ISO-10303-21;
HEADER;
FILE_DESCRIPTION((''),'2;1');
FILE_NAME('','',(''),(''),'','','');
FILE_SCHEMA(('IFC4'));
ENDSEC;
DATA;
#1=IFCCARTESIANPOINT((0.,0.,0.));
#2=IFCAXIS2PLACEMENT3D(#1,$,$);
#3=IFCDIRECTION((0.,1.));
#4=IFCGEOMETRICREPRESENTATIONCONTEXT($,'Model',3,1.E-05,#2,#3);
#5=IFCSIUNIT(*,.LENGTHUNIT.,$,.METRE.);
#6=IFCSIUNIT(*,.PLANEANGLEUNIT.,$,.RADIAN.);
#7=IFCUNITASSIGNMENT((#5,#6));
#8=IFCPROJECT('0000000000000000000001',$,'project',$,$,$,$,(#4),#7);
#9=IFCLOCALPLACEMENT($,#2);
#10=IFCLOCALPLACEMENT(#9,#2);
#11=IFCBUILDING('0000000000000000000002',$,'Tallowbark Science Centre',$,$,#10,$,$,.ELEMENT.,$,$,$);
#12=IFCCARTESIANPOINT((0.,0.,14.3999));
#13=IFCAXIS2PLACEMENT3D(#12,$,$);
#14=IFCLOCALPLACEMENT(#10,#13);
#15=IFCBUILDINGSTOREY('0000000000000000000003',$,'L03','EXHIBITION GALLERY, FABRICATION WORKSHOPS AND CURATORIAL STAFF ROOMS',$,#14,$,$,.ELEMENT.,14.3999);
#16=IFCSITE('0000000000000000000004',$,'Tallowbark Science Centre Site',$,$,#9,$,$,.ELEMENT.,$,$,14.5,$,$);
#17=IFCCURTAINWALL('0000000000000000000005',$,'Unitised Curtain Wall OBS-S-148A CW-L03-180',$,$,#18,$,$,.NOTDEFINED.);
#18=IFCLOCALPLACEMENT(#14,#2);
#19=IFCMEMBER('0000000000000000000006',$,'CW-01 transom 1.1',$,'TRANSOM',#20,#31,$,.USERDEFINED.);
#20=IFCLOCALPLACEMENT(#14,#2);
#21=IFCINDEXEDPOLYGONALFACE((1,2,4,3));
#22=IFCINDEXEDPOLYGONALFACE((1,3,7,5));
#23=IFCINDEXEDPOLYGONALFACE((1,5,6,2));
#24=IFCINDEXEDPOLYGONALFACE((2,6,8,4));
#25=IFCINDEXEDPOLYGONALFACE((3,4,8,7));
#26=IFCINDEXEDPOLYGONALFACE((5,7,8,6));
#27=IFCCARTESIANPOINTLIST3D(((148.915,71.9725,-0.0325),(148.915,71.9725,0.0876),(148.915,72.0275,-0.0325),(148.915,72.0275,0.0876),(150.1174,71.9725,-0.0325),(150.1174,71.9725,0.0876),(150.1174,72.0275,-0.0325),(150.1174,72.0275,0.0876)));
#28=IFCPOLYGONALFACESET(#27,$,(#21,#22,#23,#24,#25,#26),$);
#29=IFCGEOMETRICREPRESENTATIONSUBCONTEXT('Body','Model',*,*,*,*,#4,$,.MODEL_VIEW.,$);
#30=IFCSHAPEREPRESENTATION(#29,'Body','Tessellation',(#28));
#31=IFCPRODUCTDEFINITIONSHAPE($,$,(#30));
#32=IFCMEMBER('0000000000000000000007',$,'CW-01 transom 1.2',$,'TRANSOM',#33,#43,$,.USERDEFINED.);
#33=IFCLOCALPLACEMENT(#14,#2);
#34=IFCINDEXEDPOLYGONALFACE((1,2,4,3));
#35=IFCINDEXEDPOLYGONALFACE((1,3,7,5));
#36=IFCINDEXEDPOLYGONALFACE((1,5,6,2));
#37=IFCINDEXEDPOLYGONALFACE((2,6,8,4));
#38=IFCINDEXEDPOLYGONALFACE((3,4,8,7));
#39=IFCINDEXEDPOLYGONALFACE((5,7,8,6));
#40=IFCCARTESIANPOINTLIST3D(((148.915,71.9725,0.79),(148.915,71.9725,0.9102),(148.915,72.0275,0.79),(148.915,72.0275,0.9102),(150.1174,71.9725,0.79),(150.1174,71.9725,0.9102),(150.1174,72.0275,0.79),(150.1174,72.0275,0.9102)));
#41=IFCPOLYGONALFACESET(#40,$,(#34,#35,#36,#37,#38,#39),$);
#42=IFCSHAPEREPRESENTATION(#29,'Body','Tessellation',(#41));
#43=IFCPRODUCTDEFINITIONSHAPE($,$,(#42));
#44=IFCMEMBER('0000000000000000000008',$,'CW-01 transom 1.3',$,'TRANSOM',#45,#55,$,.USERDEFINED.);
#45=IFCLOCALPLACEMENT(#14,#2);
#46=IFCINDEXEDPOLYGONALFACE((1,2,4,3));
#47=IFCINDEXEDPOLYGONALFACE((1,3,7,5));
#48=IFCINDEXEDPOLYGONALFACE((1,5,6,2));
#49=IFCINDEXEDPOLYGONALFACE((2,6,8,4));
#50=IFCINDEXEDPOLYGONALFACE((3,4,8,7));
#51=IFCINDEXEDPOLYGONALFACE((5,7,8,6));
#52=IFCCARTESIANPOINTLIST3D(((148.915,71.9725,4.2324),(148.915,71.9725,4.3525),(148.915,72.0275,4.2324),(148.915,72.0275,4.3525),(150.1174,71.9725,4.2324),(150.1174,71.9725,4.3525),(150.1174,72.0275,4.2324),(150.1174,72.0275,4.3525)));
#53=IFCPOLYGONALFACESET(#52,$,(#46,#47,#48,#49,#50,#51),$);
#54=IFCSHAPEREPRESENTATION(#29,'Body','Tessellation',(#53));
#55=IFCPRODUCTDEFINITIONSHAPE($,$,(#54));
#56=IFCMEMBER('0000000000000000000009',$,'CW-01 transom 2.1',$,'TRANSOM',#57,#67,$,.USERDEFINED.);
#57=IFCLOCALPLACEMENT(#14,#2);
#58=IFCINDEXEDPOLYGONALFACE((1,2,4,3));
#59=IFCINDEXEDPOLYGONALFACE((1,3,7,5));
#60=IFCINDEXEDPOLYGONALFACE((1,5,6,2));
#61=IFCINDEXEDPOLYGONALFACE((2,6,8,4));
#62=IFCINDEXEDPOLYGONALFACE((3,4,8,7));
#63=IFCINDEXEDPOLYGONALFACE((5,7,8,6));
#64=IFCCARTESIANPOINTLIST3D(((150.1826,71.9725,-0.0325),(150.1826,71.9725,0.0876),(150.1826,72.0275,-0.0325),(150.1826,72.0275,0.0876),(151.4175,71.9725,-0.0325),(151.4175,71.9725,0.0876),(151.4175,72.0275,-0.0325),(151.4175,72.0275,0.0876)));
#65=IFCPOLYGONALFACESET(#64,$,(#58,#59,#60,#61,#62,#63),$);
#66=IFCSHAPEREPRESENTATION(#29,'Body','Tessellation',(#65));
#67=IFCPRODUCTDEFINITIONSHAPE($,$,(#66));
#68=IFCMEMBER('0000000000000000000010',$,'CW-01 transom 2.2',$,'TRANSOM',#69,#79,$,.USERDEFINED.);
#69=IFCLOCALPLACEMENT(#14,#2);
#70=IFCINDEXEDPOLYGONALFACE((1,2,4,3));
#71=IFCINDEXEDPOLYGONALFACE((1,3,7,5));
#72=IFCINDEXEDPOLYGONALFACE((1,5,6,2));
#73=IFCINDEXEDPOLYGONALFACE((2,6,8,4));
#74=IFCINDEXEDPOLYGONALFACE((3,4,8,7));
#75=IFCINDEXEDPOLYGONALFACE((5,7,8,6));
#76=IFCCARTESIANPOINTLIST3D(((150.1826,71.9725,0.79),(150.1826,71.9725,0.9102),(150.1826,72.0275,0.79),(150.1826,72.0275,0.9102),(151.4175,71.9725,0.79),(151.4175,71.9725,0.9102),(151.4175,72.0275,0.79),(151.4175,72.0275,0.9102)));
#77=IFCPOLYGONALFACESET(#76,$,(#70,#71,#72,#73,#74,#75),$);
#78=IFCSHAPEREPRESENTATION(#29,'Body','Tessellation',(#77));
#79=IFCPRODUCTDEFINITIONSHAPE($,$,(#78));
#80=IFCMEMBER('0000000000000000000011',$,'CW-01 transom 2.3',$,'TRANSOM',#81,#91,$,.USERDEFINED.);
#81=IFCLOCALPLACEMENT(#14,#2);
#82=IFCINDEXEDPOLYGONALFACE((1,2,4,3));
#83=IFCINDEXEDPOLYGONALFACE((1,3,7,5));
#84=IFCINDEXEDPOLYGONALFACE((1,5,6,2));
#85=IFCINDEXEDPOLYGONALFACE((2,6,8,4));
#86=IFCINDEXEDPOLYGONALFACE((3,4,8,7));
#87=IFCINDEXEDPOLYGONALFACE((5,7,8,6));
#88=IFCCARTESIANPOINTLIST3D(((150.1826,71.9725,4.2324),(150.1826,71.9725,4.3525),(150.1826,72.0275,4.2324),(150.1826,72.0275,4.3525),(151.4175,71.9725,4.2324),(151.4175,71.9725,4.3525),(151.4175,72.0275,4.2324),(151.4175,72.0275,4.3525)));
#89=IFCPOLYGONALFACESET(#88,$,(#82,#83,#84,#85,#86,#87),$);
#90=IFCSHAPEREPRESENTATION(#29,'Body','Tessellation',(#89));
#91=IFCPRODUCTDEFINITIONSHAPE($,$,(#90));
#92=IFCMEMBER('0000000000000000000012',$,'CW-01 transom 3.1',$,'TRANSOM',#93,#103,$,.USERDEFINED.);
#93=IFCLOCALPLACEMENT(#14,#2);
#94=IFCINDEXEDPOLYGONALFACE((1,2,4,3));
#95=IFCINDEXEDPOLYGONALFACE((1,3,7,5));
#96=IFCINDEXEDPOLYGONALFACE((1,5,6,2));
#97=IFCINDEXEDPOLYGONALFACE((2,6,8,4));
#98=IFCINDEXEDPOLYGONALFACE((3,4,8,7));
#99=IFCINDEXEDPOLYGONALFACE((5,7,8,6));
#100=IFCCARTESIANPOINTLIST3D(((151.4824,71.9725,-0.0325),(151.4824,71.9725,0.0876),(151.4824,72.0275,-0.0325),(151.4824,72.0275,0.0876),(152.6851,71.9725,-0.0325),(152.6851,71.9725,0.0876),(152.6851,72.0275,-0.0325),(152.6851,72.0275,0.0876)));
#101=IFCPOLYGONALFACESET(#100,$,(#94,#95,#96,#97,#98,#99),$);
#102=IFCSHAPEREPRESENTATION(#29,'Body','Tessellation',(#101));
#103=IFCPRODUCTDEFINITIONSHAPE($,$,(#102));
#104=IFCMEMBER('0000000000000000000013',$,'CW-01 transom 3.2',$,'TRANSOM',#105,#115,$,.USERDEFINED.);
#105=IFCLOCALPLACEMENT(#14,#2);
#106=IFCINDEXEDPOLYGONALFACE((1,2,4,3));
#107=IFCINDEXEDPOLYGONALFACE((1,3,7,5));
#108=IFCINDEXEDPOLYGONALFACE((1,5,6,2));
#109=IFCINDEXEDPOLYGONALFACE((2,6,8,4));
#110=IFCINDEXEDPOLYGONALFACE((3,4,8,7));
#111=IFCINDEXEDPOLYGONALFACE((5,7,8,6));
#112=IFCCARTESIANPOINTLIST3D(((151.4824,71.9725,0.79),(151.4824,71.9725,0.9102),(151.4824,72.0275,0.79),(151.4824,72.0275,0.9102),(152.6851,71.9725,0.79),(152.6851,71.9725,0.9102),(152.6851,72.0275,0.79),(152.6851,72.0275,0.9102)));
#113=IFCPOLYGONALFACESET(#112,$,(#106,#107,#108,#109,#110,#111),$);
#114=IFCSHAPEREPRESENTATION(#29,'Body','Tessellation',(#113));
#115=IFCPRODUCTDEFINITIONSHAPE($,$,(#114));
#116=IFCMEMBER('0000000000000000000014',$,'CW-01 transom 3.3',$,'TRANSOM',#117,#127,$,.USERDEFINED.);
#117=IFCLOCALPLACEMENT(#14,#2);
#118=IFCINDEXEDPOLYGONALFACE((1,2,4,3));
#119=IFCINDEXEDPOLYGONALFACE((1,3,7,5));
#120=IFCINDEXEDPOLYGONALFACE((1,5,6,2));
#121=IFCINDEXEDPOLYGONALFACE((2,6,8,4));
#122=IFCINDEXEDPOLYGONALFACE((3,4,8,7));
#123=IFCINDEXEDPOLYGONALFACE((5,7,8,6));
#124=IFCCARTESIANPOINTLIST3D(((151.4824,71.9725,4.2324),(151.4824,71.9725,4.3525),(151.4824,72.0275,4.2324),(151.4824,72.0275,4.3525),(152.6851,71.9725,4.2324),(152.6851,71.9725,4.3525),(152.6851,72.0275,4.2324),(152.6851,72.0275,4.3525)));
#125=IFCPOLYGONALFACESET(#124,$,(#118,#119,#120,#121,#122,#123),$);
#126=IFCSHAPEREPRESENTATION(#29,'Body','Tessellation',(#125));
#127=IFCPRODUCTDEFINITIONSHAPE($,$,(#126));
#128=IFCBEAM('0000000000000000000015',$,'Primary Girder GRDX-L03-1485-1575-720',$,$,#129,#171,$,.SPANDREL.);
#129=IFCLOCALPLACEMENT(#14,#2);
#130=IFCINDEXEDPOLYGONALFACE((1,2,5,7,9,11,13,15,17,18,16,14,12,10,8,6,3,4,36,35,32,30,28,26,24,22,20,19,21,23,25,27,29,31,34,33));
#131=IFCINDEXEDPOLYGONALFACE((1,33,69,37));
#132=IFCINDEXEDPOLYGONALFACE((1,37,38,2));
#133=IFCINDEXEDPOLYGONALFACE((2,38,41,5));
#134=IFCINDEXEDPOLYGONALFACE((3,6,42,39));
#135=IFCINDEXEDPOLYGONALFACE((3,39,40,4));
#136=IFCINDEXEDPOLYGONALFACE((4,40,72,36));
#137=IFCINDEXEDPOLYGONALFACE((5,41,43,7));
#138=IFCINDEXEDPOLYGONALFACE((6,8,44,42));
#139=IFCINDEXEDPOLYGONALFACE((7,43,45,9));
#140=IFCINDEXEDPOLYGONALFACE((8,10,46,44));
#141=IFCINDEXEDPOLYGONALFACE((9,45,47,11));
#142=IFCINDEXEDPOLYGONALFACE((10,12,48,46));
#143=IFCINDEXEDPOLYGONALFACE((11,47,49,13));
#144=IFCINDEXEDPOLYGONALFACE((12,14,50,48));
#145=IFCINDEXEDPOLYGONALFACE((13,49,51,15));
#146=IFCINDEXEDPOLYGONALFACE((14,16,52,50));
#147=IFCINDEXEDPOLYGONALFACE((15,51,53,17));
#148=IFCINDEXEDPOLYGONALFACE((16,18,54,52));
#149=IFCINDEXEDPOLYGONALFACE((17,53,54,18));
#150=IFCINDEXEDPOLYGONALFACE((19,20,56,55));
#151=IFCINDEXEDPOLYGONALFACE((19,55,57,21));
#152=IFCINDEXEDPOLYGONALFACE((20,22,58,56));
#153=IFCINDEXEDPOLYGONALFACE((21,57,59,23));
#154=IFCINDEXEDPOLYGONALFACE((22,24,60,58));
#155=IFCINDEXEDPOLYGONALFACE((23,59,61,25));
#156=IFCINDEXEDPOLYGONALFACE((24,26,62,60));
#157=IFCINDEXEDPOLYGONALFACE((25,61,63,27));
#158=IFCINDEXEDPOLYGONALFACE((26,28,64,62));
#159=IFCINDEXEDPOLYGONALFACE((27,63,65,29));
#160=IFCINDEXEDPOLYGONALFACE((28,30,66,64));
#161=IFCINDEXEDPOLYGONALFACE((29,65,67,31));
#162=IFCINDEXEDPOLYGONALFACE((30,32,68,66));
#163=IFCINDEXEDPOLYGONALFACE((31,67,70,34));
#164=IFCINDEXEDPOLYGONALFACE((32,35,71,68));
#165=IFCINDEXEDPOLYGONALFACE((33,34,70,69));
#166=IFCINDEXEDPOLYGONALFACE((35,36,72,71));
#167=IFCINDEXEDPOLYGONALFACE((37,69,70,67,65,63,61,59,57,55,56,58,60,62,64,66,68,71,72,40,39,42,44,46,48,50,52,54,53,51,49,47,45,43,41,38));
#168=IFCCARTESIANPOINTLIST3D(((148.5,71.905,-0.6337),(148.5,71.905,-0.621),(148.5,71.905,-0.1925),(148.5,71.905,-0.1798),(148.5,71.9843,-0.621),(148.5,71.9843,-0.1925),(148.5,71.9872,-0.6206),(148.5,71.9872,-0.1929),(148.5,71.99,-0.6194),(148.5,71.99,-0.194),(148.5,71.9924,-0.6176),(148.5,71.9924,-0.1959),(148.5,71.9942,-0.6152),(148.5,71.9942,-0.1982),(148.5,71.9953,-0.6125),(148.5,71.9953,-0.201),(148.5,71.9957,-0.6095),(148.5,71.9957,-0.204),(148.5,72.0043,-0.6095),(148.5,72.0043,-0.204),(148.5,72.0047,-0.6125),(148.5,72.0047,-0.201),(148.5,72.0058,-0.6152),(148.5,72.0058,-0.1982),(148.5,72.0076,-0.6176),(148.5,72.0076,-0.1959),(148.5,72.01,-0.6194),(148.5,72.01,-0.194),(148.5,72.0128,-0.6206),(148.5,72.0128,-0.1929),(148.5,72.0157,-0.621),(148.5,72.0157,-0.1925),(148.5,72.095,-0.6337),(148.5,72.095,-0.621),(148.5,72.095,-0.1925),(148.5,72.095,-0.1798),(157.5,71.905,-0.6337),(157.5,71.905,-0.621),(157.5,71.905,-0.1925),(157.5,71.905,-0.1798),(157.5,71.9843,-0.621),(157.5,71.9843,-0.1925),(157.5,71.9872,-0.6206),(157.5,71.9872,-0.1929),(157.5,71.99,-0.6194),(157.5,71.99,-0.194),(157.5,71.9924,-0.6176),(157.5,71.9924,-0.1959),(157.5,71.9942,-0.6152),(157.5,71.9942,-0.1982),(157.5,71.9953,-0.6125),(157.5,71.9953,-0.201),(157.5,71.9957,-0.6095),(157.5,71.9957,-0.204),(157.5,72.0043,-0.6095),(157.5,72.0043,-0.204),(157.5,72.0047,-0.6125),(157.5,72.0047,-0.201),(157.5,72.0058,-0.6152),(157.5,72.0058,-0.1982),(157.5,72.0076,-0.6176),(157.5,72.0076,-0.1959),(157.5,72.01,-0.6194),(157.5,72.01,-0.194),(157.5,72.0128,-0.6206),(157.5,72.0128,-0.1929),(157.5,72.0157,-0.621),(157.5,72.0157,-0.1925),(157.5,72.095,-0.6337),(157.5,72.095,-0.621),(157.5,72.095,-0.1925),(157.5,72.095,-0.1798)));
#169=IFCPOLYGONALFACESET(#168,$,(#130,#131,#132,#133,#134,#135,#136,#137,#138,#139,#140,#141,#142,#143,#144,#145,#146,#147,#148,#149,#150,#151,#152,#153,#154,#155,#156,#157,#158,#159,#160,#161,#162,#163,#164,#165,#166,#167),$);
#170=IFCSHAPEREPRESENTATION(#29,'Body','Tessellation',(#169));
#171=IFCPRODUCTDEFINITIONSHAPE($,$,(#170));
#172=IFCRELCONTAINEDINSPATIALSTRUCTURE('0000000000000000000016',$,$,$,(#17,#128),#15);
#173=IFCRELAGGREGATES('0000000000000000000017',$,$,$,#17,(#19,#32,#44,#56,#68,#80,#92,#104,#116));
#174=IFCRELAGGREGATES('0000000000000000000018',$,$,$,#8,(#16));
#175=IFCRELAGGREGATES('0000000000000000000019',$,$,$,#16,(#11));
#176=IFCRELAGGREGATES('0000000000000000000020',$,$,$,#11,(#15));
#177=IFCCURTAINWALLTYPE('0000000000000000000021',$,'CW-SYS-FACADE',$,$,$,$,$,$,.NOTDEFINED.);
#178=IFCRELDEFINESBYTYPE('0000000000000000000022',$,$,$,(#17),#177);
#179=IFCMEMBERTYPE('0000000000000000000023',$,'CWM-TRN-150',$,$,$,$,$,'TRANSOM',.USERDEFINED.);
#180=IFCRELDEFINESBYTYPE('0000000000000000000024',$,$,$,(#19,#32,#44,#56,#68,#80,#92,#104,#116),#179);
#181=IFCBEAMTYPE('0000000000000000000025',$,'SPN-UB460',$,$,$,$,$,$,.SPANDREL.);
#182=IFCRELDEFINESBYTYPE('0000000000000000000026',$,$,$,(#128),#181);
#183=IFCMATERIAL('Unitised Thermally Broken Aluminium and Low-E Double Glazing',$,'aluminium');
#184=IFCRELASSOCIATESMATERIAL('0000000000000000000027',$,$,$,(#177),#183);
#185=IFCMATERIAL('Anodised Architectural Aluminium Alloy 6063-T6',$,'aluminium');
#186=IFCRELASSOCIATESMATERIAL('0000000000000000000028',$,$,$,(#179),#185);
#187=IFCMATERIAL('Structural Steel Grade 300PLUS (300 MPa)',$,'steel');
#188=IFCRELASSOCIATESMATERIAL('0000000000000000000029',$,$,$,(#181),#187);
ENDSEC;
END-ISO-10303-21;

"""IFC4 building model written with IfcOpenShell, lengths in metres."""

from ifc_helpers import new_model, si_unit, direction, frame, origin, origin_2d, place, context, subcontext, project, spatial, rectangle, i_section, extrude, material, material_profile, profile_set, type_object, element, aggregate, save


model = new_model("IFC4")

# Units and contexts
model_context = context("Model", 3, precision=1e-05, world=origin(), true_north=direction((0.0, 1.0)))
body_context = subcontext(model_context, "Body", "Model", "MODEL_VIEW")
ifc_project = project(units=[si_unit("LENGTHUNIT", "METRE"), si_unit("PLANEANGLEUNIT", "RADIAN")], contexts=[model_context])

# Site, building, storey
site_placement = place(None, origin())
site = spatial("IfcSite", under=ifc_project, at=site_placement, Name="Tallowbark Science Centre Site", CompositionType="ELEMENT", RefElevation=14.5)
building_placement = place(site_placement, origin())
building = spatial("IfcBuilding", under=site, at=building_placement, Name="Tallowbark Science Centre", CompositionType="ELEMENT")
storey_placement = place(building_placement, frame((0.0, 0.0, 14.3999)))
storey = spatial("IfcBuildingStorey", under=building, at=storey_placement, Name="L03", Description="EXHIBITION GALLERY, FABRICATION WORKSHOPS AND CURATORIAL STAFF ROOMS", CompositionType="ELEMENT", Elevation=14.3999)

# Shared definitions
ifc_material_1 = material(Name="Structural Steel Grade 300PLUS (300 MPa)", Category="steel")

# Curtain wall
ifc_material_2 = material(Name="Unitised Thermally Broken Aluminium and Low-E Double Glazing", Category="aluminium")
curtain_wall_type = type_object("IfcCurtainWallType", Name="CW-SYS-FACADE", PredefinedType="NOTDEFINED", material=ifc_material_2)
ifc_material_3 = material(Name="Anodised Architectural Aluminium Alloy 6063-T6", Category="aluminium")
curtain_wall_1_placement = place(storey_placement, origin())
curtain_wall_1 = element("IfcCurtainWall", 1, at=curtain_wall_1_placement, inside=storey, type_object=curtain_wall_type, Name="Unitised Curtain Wall OBS-S-148A CW-L03-180", PredefinedType="NOTDEFINED")

# Members
ifc_material_profile_1 = material_profile(ifc_material_3, rectangle(XDim=0.0549, YDim=0.1201, at=origin_2d()), Name="ALU55x120")
ifc_profile_set_1 = profile_set([ifc_material_profile_1], Name="Anodised Architectural Aluminium Alloy 6063-T6")
member_type_1 = type_object("IfcMemberType", Name="CWM-TRN-150", ElementType="TRANSOM", PredefinedType="USERDEFINED", material=ifc_profile_set_1)
member_1_placement = place(storey_placement, frame((148.915, 72.0, 0.0276), z_axis=(1.0, 0.0, 0.0), x_axis=(0.0, 1.0, 0.0)))
member_1 = element("IfcMember", 2, at=member_1_placement, type_object=member_type_1, Name="CW-01 transom 1.1", ObjectType="TRANSOM", PredefinedType="USERDEFINED", context=body_context, shape_type="SweptSolid", body=[
    extrude(rectangle(XDim=0.0549, YDim=0.1201, at=origin_2d()), origin(), (0.0, 0.0, 1.0), 1.2024),
])
member_2_placement = place(storey_placement, frame((148.915, 72.0, 0.8501), z_axis=(1.0, 0.0, 0.0), x_axis=(0.0, 1.0, 0.0)))
member_2 = element("IfcMember", 3, at=member_2_placement, type_object=member_type_1, Name="CW-01 transom 1.2", ObjectType="TRANSOM", PredefinedType="USERDEFINED", context=body_context, shape_type="SweptSolid", body=[
    extrude(rectangle(XDim=0.0549, YDim=0.1201, at=origin_2d()), origin(), (0.0, 0.0, 1.0), 1.2024),
])
member_3_placement = place(storey_placement, frame((148.915, 72.0, 4.2925), z_axis=(1.0, 0.0, 0.0), x_axis=(0.0, 1.0, 0.0)))
member_3 = element("IfcMember", 4, at=member_3_placement, type_object=member_type_1, Name="CW-01 transom 1.3", ObjectType="TRANSOM", PredefinedType="USERDEFINED", context=body_context, shape_type="SweptSolid", body=[
    extrude(rectangle(XDim=0.0549, YDim=0.1201, at=origin_2d()), origin(), (0.0, 0.0, 1.0), 1.2024),
])
member_4_placement = place(storey_placement, frame((150.1826, 72.0, 0.0276), z_axis=(1.0, 0.0, 0.0), x_axis=(0.0, 1.0, 0.0)))
member_4 = element("IfcMember", 5, at=member_4_placement, type_object=member_type_1, Name="CW-01 transom 2.1", ObjectType="TRANSOM", PredefinedType="USERDEFINED", context=body_context, shape_type="SweptSolid", body=[
    extrude(rectangle(XDim=0.0549, YDim=0.1201, at=origin_2d()), origin(), (0.0, 0.0, 1.0), 1.2349),
])
member_5_placement = place(storey_placement, frame((150.1826, 72.0, 0.8501), z_axis=(1.0, 0.0, 0.0), x_axis=(0.0, 1.0, 0.0)))
member_5 = element("IfcMember", 6, at=member_5_placement, type_object=member_type_1, Name="CW-01 transom 2.2", ObjectType="TRANSOM", PredefinedType="USERDEFINED", context=body_context, shape_type="SweptSolid", body=[
    extrude(rectangle(XDim=0.0549, YDim=0.1201, at=origin_2d()), origin(), (0.0, 0.0, 1.0), 1.2349),
])
member_6_placement = place(storey_placement, frame((150.1826, 72.0, 4.2925), z_axis=(1.0, 0.0, 0.0), x_axis=(0.0, 1.0, 0.0)))
member_6 = element("IfcMember", 7, at=member_6_placement, type_object=member_type_1, Name="CW-01 transom 2.3", ObjectType="TRANSOM", PredefinedType="USERDEFINED", context=body_context, shape_type="SweptSolid", body=[
    extrude(rectangle(XDim=0.0549, YDim=0.1201, at=origin_2d()), origin(), (0.0, 0.0, 1.0), 1.2349),
])
member_7_placement = place(storey_placement, frame((151.4824, 72.0, 0.0276), z_axis=(1.0, 0.0, 0.0), x_axis=(0.0, 1.0, 0.0)))
member_7 = element("IfcMember", 8, at=member_7_placement, type_object=member_type_1, Name="CW-01 transom 3.1", ObjectType="TRANSOM", PredefinedType="USERDEFINED", context=body_context, shape_type="SweptSolid", body=[
    extrude(rectangle(XDim=0.0549, YDim=0.1201, at=origin_2d()), origin(), (0.0, 0.0, 1.0), 1.2026),
])
member_8_placement = place(storey_placement, frame((151.4824, 72.0, 0.8501), z_axis=(1.0, 0.0, 0.0), x_axis=(0.0, 1.0, 0.0)))
member_8 = element("IfcMember", 9, at=member_8_placement, type_object=member_type_1, Name="CW-01 transom 3.2", ObjectType="TRANSOM", PredefinedType="USERDEFINED", context=body_context, shape_type="SweptSolid", body=[
    extrude(rectangle(XDim=0.0549, YDim=0.1201, at=origin_2d()), origin(), (0.0, 0.0, 1.0), 1.2026),
])
member_9_placement = place(storey_placement, frame((151.4824, 72.0, 4.2925), z_axis=(1.0, 0.0, 0.0), x_axis=(0.0, 1.0, 0.0)))
member_9 = element("IfcMember", 10, at=member_9_placement, type_object=member_type_1, Name="CW-01 transom 3.3", ObjectType="TRANSOM", PredefinedType="USERDEFINED", context=body_context, shape_type="SweptSolid", body=[
    extrude(rectangle(XDim=0.0549, YDim=0.1201, at=origin_2d()), origin(), (0.0, 0.0, 1.0), 1.2026),
])

# Beam
ifc_material_profile_2 = material_profile(ifc_material_1, i_section(OverallWidth=0.1899, OverallDepth=0.4539, WebThickness=0.0085, FlangeThickness=0.0127, FilletRadius=0.0115, at=origin_2d()), Name="460UB67.1")
ifc_profile_set_2 = profile_set([ifc_material_profile_2], Name="Structural Steel Grade 300PLUS (300 MPa)")
beam_type = type_object("IfcBeamType", Name="SPN-UB460", PredefinedType="SPANDREL", material=ifc_profile_set_2)
for number, where, z_axis, x_axis, name in (
    (11, (148.5, 72.0, -0.4067), (1.0, 0.0, 0.0), (0.0, 1.0, 0.0), "Primary Girder GRDX-L03-1485-1575-720"),
):
    element("IfcBeam", number, at=place(storey_placement, frame(where, z_axis=z_axis, x_axis=x_axis)), inside=storey, type_object=beam_type, Name=name, PredefinedType="SPANDREL", context=body_context, shape_type="SweptSolid", body=[
        extrude(i_section(OverallWidth=0.1899, OverallDepth=0.4539, WebThickness=0.0085, FlangeThickness=0.0127, FilletRadius=0.0115, at=origin_2d()), origin(), (0.0, 0.0, 1.0), 9.0),
    ])

aggregate(curtain_wall_1, [member_1, member_2, member_3, member_4, member_5, member_6, member_7, member_8, member_9])

save(model, "model.ifc")
